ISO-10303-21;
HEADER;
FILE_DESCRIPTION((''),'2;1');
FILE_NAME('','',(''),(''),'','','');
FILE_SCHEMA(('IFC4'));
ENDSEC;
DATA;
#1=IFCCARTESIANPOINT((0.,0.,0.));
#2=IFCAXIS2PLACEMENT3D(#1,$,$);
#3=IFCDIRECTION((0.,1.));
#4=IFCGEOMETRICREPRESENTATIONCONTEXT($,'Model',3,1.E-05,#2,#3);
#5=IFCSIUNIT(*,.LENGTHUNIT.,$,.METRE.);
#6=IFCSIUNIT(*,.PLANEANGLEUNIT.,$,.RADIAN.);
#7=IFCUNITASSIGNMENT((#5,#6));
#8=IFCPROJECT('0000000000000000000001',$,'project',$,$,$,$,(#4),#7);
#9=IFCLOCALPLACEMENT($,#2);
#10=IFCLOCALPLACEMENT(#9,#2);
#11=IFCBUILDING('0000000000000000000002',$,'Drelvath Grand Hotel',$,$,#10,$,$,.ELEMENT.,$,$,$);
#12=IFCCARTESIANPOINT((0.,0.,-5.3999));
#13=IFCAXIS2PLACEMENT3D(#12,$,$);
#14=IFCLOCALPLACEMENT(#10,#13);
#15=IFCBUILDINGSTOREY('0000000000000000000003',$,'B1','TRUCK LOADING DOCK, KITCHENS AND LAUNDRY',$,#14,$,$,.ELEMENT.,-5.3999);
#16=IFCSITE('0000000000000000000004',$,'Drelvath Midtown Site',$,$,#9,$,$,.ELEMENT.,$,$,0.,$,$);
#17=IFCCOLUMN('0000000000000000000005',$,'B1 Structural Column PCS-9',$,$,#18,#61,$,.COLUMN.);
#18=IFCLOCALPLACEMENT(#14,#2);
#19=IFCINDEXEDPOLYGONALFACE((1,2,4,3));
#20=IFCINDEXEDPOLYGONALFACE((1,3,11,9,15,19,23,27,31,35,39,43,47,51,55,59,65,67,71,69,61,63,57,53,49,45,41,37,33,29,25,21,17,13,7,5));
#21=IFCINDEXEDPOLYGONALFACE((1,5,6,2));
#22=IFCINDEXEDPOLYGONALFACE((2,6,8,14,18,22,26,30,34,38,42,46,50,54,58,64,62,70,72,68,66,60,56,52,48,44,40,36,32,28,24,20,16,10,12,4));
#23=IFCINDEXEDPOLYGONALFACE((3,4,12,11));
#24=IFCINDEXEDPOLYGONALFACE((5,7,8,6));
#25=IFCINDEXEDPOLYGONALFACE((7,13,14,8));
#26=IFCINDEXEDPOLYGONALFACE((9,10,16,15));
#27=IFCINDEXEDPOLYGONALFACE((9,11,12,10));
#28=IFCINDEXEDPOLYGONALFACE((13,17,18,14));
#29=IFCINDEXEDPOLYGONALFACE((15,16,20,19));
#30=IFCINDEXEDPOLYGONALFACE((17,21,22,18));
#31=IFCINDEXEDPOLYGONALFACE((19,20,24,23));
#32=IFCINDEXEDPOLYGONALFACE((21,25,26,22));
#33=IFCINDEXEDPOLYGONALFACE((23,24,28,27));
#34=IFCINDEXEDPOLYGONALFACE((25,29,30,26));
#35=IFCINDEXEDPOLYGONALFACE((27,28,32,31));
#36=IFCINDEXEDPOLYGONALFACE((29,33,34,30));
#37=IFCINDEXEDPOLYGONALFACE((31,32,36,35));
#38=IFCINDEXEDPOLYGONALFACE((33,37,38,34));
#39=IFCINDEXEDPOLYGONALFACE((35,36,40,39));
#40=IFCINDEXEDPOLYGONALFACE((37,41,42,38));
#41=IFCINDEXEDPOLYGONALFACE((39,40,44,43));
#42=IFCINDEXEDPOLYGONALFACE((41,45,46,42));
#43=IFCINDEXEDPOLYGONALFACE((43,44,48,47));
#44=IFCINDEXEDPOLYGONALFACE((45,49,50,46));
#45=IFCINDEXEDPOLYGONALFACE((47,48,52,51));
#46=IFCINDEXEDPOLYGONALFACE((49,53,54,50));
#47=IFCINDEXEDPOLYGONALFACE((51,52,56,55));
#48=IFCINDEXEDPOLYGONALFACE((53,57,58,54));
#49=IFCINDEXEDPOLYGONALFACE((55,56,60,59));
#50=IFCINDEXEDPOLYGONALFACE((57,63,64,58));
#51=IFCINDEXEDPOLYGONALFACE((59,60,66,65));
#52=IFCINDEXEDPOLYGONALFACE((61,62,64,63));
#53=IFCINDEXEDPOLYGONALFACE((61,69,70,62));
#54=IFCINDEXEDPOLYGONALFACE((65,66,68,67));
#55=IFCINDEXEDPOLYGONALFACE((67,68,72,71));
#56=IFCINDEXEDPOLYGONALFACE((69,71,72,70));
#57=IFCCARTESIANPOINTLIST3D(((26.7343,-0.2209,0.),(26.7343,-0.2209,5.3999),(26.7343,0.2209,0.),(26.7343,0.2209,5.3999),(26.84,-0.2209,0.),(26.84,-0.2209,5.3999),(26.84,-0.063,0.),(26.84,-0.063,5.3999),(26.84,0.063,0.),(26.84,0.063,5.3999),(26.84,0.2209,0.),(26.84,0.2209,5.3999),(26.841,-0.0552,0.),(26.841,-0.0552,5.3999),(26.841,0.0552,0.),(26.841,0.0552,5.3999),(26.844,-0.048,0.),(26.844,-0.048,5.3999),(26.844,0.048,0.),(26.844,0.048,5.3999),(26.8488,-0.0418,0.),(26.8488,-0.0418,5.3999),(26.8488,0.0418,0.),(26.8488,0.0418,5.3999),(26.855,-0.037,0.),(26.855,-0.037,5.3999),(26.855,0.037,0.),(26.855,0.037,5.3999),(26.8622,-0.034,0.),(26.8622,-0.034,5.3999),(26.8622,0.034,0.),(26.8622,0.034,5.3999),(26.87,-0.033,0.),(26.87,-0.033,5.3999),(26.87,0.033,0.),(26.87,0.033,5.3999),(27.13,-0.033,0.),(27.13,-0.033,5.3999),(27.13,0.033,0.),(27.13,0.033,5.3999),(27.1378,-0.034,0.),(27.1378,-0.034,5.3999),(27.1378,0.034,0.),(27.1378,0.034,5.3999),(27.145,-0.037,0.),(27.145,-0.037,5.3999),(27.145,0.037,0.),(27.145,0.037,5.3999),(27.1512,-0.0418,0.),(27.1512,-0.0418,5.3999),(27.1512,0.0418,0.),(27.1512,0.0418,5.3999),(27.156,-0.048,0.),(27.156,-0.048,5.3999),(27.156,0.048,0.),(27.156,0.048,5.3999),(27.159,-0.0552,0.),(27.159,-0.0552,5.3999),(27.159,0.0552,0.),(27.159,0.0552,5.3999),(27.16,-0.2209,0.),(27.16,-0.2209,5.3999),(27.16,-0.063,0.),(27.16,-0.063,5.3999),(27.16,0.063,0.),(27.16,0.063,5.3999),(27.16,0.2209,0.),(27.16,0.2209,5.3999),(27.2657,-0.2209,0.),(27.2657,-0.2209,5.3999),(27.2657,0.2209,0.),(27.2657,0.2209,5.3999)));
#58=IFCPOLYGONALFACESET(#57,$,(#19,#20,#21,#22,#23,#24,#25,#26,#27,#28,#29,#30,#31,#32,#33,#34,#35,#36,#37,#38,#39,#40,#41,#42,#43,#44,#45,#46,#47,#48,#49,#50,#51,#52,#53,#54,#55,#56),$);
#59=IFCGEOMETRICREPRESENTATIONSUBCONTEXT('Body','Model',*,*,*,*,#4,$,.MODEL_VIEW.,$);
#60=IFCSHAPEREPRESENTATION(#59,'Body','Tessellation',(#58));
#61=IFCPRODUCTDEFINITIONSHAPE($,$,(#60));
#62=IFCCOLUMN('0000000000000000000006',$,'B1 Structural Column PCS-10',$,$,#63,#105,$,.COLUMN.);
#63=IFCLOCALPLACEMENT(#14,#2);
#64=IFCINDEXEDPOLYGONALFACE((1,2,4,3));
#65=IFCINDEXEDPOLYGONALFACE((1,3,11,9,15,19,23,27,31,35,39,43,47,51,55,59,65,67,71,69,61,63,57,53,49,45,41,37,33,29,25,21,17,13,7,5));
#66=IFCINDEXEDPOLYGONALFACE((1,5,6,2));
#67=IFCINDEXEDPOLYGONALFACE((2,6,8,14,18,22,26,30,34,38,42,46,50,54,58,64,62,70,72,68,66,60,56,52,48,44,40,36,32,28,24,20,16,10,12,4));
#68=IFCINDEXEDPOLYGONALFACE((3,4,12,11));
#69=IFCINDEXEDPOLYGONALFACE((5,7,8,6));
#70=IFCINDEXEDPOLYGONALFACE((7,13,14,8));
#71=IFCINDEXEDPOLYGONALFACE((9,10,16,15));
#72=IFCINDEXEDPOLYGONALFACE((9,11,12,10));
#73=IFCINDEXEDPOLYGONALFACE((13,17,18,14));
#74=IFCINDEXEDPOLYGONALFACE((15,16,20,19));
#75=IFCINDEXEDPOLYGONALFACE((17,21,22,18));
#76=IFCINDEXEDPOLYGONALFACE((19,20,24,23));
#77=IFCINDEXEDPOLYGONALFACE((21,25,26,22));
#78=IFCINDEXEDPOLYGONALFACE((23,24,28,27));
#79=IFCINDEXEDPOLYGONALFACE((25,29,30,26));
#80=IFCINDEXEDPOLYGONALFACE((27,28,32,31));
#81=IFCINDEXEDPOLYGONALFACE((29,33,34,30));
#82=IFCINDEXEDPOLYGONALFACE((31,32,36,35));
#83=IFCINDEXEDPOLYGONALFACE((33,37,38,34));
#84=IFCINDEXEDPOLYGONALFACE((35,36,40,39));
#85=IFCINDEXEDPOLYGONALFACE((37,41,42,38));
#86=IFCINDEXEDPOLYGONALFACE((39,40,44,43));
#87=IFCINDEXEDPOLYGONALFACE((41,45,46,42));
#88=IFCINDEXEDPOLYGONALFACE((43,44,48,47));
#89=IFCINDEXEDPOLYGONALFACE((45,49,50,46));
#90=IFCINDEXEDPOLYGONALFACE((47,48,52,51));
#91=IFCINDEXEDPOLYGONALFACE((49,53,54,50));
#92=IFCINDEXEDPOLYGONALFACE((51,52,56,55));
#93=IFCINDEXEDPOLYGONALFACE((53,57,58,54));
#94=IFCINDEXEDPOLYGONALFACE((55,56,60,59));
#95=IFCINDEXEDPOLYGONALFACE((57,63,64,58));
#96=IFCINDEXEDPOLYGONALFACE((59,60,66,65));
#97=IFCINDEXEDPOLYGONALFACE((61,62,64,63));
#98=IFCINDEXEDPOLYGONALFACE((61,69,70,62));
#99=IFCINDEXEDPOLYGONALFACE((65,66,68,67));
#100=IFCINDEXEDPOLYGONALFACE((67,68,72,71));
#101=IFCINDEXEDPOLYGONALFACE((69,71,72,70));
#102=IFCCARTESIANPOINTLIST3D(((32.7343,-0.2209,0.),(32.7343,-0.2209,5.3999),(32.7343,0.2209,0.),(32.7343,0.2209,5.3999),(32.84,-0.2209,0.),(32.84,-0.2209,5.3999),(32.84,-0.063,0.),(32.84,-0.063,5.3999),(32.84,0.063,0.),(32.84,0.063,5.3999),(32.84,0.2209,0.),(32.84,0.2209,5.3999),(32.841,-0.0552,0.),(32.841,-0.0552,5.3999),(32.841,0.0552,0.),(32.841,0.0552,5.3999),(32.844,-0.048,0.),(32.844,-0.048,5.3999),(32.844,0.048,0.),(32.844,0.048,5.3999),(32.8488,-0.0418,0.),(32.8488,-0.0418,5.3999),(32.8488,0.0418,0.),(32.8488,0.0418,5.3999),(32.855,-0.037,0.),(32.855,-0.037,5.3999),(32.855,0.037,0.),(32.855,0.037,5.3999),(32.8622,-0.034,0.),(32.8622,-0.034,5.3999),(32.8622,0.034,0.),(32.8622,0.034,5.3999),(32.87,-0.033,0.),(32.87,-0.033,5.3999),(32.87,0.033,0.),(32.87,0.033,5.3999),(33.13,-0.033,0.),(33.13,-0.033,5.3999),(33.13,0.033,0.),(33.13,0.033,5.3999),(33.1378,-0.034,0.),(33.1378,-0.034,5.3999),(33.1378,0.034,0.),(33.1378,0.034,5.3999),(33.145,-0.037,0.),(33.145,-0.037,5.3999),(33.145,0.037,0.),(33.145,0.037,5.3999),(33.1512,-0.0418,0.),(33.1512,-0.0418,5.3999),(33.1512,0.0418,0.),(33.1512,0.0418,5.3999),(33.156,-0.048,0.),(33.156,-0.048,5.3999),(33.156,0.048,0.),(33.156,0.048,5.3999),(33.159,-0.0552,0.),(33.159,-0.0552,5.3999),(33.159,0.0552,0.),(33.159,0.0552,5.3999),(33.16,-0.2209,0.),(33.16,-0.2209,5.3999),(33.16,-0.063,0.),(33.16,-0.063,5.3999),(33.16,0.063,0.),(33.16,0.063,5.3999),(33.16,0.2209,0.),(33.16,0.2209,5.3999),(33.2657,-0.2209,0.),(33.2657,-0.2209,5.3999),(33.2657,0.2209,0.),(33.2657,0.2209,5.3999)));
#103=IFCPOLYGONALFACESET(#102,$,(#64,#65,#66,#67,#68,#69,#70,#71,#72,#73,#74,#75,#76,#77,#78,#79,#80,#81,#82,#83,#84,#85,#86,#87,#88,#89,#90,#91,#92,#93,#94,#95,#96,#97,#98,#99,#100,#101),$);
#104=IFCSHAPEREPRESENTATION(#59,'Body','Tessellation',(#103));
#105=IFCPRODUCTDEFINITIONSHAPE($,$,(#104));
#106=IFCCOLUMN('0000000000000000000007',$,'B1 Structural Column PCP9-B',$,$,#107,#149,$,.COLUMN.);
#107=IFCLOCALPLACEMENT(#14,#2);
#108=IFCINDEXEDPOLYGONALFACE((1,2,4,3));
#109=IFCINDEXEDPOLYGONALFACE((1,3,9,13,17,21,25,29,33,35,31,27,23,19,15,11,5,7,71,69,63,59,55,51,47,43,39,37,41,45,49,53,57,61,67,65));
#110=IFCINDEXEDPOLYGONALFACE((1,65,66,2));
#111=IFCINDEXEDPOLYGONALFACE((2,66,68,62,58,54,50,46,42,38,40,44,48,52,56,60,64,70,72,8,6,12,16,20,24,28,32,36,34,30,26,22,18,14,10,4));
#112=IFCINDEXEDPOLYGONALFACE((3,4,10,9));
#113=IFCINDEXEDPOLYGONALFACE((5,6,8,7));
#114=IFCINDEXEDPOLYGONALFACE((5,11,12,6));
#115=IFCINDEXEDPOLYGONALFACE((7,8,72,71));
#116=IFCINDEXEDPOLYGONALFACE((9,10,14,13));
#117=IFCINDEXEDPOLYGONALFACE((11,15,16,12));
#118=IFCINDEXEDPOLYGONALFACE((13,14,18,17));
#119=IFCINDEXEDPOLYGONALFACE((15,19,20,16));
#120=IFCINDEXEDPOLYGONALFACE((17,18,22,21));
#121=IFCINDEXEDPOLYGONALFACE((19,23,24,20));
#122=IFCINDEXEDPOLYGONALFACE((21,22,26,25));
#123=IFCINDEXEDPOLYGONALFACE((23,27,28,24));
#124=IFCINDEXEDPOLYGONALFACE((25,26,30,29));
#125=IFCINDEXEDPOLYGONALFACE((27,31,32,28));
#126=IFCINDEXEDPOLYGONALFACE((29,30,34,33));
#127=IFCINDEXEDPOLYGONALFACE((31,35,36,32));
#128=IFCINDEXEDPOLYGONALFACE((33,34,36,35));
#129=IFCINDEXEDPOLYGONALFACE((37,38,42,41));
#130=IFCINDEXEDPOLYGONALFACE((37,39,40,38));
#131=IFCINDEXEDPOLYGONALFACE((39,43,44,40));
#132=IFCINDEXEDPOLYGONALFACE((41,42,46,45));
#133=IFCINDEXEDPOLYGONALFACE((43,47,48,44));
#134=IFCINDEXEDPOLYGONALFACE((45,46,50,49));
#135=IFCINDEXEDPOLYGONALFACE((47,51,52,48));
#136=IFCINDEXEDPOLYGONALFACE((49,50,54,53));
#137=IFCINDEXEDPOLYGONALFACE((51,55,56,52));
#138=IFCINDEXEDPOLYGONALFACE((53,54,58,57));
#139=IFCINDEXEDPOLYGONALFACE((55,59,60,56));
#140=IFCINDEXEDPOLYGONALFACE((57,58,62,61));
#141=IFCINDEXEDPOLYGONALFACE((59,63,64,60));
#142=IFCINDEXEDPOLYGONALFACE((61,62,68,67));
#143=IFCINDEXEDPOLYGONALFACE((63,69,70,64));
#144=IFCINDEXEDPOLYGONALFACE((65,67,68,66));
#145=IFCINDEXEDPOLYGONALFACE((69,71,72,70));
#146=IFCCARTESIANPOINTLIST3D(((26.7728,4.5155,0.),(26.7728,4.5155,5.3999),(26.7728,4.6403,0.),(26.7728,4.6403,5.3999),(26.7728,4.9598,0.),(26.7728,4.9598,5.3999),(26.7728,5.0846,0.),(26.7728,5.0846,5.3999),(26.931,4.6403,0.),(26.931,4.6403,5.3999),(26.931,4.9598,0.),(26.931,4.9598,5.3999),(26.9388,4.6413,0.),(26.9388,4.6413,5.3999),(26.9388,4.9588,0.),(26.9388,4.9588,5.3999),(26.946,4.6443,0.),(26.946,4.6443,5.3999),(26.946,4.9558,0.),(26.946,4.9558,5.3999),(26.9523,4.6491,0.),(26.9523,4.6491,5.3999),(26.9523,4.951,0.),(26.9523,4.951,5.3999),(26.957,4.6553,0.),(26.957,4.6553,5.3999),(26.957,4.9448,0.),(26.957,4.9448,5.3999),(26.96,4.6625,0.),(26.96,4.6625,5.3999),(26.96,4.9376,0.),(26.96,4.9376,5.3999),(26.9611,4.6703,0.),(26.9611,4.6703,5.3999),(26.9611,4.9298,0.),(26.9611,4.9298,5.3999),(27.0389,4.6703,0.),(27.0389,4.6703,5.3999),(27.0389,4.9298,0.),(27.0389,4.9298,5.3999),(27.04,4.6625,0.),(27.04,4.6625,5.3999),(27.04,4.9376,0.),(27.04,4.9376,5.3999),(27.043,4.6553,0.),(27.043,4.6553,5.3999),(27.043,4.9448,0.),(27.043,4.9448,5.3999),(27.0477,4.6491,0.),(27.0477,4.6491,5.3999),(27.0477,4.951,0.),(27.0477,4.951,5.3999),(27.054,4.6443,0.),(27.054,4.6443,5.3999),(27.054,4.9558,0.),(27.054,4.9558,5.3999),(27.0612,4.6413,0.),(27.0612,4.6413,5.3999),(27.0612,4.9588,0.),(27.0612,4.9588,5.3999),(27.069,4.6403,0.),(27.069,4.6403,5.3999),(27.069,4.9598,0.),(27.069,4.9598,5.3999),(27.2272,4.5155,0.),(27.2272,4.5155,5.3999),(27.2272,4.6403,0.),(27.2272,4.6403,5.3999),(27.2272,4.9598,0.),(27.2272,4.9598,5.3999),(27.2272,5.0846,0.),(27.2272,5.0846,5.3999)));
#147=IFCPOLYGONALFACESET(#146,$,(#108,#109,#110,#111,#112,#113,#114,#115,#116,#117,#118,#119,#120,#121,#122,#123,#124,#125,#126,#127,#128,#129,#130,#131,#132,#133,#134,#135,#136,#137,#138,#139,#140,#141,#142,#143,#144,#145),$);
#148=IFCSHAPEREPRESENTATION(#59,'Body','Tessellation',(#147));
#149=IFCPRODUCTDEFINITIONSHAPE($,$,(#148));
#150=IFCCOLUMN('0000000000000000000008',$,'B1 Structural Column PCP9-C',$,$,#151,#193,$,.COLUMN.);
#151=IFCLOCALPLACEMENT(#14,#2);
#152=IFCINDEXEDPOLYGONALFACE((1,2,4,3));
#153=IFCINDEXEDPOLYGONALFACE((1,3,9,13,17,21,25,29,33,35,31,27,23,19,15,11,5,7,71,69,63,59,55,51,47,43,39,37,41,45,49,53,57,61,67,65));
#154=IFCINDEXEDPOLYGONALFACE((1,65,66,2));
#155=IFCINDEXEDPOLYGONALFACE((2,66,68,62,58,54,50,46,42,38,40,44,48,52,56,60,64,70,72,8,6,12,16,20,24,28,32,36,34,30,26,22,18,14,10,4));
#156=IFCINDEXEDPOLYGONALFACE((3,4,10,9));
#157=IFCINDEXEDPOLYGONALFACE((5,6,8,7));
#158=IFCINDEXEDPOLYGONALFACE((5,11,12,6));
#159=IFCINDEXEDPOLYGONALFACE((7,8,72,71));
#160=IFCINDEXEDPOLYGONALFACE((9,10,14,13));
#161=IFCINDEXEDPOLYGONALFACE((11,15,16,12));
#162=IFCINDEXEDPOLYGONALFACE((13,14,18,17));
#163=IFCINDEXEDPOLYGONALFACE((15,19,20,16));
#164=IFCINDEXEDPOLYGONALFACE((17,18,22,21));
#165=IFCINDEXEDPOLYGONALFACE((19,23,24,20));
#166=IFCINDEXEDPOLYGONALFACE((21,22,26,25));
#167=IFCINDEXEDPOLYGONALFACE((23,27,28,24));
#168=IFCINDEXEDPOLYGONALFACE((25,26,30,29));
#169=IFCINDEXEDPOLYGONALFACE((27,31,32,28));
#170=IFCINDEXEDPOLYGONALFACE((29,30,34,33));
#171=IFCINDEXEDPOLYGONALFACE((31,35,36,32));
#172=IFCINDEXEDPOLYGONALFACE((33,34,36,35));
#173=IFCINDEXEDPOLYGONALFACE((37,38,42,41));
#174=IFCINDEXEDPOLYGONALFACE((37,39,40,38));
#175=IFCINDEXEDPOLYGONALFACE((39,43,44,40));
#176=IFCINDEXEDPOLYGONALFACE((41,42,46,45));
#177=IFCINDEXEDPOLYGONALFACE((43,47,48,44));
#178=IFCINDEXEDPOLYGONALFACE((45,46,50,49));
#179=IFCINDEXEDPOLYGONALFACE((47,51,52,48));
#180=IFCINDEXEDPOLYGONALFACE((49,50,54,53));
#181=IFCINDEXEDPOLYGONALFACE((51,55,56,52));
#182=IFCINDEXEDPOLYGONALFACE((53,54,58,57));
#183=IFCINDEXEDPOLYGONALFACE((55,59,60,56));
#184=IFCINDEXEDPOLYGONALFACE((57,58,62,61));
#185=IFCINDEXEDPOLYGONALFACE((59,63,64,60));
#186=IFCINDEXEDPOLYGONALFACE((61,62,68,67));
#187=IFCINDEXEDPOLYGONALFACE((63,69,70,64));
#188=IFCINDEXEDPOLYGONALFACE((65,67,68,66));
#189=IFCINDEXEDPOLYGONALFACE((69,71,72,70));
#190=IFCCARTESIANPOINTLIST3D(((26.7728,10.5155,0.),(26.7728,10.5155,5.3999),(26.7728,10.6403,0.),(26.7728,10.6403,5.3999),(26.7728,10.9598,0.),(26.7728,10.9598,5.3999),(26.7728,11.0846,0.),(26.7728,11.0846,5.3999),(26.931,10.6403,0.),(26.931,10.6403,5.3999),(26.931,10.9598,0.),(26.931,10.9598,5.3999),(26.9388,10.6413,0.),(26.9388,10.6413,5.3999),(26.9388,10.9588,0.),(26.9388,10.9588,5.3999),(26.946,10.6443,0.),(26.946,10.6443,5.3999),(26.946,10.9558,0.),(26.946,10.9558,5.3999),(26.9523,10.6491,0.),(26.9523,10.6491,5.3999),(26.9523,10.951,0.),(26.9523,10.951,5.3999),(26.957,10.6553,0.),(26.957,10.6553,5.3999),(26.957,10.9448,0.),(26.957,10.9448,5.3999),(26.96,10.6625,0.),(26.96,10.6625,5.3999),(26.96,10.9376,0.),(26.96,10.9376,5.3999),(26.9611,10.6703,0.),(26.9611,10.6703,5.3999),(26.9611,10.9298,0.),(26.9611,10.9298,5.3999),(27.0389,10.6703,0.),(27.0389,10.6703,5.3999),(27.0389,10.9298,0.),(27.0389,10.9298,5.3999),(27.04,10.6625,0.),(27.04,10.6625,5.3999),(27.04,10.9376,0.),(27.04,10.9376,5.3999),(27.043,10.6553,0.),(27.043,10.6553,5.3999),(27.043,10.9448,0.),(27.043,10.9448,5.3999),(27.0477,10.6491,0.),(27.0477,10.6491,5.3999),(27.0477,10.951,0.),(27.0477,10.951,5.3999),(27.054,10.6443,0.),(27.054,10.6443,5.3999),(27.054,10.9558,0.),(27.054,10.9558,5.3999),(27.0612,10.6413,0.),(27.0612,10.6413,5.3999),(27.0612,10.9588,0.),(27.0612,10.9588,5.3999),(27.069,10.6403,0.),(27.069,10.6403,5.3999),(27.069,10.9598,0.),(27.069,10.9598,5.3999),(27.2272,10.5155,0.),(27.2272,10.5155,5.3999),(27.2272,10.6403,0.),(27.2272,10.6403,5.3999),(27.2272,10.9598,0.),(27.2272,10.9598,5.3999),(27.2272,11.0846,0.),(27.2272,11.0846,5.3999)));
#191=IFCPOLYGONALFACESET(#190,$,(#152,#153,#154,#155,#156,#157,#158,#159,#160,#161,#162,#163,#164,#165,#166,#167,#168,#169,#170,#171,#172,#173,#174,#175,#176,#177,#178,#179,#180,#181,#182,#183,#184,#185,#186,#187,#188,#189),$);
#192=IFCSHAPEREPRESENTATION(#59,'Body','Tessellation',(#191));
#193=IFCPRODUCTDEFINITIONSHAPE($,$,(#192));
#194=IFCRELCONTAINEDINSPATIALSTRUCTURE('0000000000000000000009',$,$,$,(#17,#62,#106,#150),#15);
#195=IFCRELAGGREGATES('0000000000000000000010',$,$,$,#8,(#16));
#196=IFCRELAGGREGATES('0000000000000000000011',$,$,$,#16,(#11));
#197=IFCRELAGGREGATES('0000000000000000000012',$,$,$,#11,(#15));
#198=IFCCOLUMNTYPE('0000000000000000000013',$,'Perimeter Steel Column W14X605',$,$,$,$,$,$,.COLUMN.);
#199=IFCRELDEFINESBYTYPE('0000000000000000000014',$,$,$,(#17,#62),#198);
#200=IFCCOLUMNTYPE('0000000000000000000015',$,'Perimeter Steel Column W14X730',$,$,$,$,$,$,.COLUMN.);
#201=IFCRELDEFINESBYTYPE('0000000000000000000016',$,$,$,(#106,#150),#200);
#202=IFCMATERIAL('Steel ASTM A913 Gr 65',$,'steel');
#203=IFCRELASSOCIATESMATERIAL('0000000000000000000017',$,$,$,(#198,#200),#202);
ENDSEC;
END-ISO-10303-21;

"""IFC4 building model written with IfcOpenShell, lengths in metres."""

from ifc_helpers import new_model, si_unit, direction, frame, origin, origin_2d, place, context, subcontext, project, spatial, i_section, extrude, material, material_profile, profile_set, type_object, element, save


model = new_model("IFC4")

# Units and contexts
model_context = context("Model", 3, precision=1e-05, world=origin(), true_north=direction((0.0, 1.0)))
body_context = subcontext(model_context, "Body", "Model", "MODEL_VIEW")
ifc_project = project(units=[si_unit("LENGTHUNIT", "METRE"), si_unit("PLANEANGLEUNIT", "RADIAN")], contexts=[model_context])

# Site, building, storey
site_placement = place(None, origin())
site = spatial("IfcSite", under=ifc_project, at=site_placement, Name="Drelvath Midtown Site", CompositionType="ELEMENT", RefElevation=0.0)
building_placement = place(site_placement, origin())
building = spatial("IfcBuilding", under=site, at=building_placement, Name="Drelvath Grand Hotel", CompositionType="ELEMENT")
storey_placement = place(building_placement, frame((0.0, 0.0, -5.3999)))
storey = spatial("IfcBuildingStorey", under=building, at=storey_placement, Name="B1", Description="TRUCK LOADING DOCK, KITCHENS AND LAUNDRY", CompositionType="ELEMENT", Elevation=-5.3999)

# Columns
ifc_material_1 = material(Name="Steel ASTM A913 Gr 65", Category="steel")
ifc_material_profile_1 = material_profile(ifc_material_1, i_section(OverallWidth=0.4419, OverallDepth=0.5315, WebThickness=0.0659, FlangeThickness=0.1057, FilletRadius=0.03, at=origin_2d()), Name="W14X605")
ifc_profile_set_1 = profile_set([ifc_material_profile_1], Name="Steel ASTM A913 Gr 65")
column_type_1 = type_object("IfcColumnType", Name="Perimeter Steel Column W14X605", PredefinedType="COLUMN", material=ifc_profile_set_1)
for number, where, z_axis, x_axis, name in (
    (1, (27.0, 0.0, 0.0), (0.0, 0.0, 1.0), (0.0, 1.0, 0.0), "B1 Structural Column PCS-9"),
    (2, (33.0, 0.0, 0.0), (0.0, 0.0, 1.0), (0.0, 1.0, 0.0), "B1 Structural Column PCS-10"),
):
    element("IfcColumn", number, at=place(storey_placement, frame(where, z_axis=z_axis, x_axis=x_axis)), inside=storey, type_object=column_type_1, Name=name, PredefinedType="COLUMN", context=body_context, shape_type="SweptSolid", body=[
        extrude(i_section(OverallWidth=0.4419, OverallDepth=0.5315, WebThickness=0.0659, FlangeThickness=0.1057, FilletRadius=0.03, at=origin_2d()), origin(), (0.0, 0.0, 1.0), 5.3999),
    ])
ifc_material_profile_2 = material_profile(ifc_material_1, i_section(OverallWidth=0.4543, OverallDepth=0.5691, WebThickness=0.0779, FlangeThickness=0.1248, FilletRadius=0.03, at=origin_2d()), Name="W14X730")
ifc_profile_set_2 = profile_set([ifc_material_profile_2], Name="Steel ASTM A913 Gr 65")
column_type_2 = type_object("IfcColumnType", Name="Perimeter Steel Column W14X730", PredefinedType="COLUMN", material=ifc_profile_set_2)
for number, where, z_axis, x_axis, name in (
    (3, (27.0, 4.8, 0.0), (0.0, 0.0, 1.0), (1.0, 0.0, 0.0), "B1 Structural Column PCP9-B"),
    (4, (27.0, 10.8, 0.0), (0.0, 0.0, 1.0), (1.0, 0.0, 0.0), "B1 Structural Column PCP9-C"),
):
    element("IfcColumn", number, at=place(storey_placement, frame(where, z_axis=z_axis, x_axis=x_axis)), inside=storey, type_object=column_type_2, Name=name, PredefinedType="COLUMN", context=body_context, shape_type="SweptSolid", body=[
        extrude(i_section(OverallWidth=0.4543, OverallDepth=0.5691, WebThickness=0.0779, FlangeThickness=0.1248, FilletRadius=0.03, at=origin_2d()), origin(), (0.0, 0.0, 1.0), 5.3999),
    ])

save(model, "model.ifc")
